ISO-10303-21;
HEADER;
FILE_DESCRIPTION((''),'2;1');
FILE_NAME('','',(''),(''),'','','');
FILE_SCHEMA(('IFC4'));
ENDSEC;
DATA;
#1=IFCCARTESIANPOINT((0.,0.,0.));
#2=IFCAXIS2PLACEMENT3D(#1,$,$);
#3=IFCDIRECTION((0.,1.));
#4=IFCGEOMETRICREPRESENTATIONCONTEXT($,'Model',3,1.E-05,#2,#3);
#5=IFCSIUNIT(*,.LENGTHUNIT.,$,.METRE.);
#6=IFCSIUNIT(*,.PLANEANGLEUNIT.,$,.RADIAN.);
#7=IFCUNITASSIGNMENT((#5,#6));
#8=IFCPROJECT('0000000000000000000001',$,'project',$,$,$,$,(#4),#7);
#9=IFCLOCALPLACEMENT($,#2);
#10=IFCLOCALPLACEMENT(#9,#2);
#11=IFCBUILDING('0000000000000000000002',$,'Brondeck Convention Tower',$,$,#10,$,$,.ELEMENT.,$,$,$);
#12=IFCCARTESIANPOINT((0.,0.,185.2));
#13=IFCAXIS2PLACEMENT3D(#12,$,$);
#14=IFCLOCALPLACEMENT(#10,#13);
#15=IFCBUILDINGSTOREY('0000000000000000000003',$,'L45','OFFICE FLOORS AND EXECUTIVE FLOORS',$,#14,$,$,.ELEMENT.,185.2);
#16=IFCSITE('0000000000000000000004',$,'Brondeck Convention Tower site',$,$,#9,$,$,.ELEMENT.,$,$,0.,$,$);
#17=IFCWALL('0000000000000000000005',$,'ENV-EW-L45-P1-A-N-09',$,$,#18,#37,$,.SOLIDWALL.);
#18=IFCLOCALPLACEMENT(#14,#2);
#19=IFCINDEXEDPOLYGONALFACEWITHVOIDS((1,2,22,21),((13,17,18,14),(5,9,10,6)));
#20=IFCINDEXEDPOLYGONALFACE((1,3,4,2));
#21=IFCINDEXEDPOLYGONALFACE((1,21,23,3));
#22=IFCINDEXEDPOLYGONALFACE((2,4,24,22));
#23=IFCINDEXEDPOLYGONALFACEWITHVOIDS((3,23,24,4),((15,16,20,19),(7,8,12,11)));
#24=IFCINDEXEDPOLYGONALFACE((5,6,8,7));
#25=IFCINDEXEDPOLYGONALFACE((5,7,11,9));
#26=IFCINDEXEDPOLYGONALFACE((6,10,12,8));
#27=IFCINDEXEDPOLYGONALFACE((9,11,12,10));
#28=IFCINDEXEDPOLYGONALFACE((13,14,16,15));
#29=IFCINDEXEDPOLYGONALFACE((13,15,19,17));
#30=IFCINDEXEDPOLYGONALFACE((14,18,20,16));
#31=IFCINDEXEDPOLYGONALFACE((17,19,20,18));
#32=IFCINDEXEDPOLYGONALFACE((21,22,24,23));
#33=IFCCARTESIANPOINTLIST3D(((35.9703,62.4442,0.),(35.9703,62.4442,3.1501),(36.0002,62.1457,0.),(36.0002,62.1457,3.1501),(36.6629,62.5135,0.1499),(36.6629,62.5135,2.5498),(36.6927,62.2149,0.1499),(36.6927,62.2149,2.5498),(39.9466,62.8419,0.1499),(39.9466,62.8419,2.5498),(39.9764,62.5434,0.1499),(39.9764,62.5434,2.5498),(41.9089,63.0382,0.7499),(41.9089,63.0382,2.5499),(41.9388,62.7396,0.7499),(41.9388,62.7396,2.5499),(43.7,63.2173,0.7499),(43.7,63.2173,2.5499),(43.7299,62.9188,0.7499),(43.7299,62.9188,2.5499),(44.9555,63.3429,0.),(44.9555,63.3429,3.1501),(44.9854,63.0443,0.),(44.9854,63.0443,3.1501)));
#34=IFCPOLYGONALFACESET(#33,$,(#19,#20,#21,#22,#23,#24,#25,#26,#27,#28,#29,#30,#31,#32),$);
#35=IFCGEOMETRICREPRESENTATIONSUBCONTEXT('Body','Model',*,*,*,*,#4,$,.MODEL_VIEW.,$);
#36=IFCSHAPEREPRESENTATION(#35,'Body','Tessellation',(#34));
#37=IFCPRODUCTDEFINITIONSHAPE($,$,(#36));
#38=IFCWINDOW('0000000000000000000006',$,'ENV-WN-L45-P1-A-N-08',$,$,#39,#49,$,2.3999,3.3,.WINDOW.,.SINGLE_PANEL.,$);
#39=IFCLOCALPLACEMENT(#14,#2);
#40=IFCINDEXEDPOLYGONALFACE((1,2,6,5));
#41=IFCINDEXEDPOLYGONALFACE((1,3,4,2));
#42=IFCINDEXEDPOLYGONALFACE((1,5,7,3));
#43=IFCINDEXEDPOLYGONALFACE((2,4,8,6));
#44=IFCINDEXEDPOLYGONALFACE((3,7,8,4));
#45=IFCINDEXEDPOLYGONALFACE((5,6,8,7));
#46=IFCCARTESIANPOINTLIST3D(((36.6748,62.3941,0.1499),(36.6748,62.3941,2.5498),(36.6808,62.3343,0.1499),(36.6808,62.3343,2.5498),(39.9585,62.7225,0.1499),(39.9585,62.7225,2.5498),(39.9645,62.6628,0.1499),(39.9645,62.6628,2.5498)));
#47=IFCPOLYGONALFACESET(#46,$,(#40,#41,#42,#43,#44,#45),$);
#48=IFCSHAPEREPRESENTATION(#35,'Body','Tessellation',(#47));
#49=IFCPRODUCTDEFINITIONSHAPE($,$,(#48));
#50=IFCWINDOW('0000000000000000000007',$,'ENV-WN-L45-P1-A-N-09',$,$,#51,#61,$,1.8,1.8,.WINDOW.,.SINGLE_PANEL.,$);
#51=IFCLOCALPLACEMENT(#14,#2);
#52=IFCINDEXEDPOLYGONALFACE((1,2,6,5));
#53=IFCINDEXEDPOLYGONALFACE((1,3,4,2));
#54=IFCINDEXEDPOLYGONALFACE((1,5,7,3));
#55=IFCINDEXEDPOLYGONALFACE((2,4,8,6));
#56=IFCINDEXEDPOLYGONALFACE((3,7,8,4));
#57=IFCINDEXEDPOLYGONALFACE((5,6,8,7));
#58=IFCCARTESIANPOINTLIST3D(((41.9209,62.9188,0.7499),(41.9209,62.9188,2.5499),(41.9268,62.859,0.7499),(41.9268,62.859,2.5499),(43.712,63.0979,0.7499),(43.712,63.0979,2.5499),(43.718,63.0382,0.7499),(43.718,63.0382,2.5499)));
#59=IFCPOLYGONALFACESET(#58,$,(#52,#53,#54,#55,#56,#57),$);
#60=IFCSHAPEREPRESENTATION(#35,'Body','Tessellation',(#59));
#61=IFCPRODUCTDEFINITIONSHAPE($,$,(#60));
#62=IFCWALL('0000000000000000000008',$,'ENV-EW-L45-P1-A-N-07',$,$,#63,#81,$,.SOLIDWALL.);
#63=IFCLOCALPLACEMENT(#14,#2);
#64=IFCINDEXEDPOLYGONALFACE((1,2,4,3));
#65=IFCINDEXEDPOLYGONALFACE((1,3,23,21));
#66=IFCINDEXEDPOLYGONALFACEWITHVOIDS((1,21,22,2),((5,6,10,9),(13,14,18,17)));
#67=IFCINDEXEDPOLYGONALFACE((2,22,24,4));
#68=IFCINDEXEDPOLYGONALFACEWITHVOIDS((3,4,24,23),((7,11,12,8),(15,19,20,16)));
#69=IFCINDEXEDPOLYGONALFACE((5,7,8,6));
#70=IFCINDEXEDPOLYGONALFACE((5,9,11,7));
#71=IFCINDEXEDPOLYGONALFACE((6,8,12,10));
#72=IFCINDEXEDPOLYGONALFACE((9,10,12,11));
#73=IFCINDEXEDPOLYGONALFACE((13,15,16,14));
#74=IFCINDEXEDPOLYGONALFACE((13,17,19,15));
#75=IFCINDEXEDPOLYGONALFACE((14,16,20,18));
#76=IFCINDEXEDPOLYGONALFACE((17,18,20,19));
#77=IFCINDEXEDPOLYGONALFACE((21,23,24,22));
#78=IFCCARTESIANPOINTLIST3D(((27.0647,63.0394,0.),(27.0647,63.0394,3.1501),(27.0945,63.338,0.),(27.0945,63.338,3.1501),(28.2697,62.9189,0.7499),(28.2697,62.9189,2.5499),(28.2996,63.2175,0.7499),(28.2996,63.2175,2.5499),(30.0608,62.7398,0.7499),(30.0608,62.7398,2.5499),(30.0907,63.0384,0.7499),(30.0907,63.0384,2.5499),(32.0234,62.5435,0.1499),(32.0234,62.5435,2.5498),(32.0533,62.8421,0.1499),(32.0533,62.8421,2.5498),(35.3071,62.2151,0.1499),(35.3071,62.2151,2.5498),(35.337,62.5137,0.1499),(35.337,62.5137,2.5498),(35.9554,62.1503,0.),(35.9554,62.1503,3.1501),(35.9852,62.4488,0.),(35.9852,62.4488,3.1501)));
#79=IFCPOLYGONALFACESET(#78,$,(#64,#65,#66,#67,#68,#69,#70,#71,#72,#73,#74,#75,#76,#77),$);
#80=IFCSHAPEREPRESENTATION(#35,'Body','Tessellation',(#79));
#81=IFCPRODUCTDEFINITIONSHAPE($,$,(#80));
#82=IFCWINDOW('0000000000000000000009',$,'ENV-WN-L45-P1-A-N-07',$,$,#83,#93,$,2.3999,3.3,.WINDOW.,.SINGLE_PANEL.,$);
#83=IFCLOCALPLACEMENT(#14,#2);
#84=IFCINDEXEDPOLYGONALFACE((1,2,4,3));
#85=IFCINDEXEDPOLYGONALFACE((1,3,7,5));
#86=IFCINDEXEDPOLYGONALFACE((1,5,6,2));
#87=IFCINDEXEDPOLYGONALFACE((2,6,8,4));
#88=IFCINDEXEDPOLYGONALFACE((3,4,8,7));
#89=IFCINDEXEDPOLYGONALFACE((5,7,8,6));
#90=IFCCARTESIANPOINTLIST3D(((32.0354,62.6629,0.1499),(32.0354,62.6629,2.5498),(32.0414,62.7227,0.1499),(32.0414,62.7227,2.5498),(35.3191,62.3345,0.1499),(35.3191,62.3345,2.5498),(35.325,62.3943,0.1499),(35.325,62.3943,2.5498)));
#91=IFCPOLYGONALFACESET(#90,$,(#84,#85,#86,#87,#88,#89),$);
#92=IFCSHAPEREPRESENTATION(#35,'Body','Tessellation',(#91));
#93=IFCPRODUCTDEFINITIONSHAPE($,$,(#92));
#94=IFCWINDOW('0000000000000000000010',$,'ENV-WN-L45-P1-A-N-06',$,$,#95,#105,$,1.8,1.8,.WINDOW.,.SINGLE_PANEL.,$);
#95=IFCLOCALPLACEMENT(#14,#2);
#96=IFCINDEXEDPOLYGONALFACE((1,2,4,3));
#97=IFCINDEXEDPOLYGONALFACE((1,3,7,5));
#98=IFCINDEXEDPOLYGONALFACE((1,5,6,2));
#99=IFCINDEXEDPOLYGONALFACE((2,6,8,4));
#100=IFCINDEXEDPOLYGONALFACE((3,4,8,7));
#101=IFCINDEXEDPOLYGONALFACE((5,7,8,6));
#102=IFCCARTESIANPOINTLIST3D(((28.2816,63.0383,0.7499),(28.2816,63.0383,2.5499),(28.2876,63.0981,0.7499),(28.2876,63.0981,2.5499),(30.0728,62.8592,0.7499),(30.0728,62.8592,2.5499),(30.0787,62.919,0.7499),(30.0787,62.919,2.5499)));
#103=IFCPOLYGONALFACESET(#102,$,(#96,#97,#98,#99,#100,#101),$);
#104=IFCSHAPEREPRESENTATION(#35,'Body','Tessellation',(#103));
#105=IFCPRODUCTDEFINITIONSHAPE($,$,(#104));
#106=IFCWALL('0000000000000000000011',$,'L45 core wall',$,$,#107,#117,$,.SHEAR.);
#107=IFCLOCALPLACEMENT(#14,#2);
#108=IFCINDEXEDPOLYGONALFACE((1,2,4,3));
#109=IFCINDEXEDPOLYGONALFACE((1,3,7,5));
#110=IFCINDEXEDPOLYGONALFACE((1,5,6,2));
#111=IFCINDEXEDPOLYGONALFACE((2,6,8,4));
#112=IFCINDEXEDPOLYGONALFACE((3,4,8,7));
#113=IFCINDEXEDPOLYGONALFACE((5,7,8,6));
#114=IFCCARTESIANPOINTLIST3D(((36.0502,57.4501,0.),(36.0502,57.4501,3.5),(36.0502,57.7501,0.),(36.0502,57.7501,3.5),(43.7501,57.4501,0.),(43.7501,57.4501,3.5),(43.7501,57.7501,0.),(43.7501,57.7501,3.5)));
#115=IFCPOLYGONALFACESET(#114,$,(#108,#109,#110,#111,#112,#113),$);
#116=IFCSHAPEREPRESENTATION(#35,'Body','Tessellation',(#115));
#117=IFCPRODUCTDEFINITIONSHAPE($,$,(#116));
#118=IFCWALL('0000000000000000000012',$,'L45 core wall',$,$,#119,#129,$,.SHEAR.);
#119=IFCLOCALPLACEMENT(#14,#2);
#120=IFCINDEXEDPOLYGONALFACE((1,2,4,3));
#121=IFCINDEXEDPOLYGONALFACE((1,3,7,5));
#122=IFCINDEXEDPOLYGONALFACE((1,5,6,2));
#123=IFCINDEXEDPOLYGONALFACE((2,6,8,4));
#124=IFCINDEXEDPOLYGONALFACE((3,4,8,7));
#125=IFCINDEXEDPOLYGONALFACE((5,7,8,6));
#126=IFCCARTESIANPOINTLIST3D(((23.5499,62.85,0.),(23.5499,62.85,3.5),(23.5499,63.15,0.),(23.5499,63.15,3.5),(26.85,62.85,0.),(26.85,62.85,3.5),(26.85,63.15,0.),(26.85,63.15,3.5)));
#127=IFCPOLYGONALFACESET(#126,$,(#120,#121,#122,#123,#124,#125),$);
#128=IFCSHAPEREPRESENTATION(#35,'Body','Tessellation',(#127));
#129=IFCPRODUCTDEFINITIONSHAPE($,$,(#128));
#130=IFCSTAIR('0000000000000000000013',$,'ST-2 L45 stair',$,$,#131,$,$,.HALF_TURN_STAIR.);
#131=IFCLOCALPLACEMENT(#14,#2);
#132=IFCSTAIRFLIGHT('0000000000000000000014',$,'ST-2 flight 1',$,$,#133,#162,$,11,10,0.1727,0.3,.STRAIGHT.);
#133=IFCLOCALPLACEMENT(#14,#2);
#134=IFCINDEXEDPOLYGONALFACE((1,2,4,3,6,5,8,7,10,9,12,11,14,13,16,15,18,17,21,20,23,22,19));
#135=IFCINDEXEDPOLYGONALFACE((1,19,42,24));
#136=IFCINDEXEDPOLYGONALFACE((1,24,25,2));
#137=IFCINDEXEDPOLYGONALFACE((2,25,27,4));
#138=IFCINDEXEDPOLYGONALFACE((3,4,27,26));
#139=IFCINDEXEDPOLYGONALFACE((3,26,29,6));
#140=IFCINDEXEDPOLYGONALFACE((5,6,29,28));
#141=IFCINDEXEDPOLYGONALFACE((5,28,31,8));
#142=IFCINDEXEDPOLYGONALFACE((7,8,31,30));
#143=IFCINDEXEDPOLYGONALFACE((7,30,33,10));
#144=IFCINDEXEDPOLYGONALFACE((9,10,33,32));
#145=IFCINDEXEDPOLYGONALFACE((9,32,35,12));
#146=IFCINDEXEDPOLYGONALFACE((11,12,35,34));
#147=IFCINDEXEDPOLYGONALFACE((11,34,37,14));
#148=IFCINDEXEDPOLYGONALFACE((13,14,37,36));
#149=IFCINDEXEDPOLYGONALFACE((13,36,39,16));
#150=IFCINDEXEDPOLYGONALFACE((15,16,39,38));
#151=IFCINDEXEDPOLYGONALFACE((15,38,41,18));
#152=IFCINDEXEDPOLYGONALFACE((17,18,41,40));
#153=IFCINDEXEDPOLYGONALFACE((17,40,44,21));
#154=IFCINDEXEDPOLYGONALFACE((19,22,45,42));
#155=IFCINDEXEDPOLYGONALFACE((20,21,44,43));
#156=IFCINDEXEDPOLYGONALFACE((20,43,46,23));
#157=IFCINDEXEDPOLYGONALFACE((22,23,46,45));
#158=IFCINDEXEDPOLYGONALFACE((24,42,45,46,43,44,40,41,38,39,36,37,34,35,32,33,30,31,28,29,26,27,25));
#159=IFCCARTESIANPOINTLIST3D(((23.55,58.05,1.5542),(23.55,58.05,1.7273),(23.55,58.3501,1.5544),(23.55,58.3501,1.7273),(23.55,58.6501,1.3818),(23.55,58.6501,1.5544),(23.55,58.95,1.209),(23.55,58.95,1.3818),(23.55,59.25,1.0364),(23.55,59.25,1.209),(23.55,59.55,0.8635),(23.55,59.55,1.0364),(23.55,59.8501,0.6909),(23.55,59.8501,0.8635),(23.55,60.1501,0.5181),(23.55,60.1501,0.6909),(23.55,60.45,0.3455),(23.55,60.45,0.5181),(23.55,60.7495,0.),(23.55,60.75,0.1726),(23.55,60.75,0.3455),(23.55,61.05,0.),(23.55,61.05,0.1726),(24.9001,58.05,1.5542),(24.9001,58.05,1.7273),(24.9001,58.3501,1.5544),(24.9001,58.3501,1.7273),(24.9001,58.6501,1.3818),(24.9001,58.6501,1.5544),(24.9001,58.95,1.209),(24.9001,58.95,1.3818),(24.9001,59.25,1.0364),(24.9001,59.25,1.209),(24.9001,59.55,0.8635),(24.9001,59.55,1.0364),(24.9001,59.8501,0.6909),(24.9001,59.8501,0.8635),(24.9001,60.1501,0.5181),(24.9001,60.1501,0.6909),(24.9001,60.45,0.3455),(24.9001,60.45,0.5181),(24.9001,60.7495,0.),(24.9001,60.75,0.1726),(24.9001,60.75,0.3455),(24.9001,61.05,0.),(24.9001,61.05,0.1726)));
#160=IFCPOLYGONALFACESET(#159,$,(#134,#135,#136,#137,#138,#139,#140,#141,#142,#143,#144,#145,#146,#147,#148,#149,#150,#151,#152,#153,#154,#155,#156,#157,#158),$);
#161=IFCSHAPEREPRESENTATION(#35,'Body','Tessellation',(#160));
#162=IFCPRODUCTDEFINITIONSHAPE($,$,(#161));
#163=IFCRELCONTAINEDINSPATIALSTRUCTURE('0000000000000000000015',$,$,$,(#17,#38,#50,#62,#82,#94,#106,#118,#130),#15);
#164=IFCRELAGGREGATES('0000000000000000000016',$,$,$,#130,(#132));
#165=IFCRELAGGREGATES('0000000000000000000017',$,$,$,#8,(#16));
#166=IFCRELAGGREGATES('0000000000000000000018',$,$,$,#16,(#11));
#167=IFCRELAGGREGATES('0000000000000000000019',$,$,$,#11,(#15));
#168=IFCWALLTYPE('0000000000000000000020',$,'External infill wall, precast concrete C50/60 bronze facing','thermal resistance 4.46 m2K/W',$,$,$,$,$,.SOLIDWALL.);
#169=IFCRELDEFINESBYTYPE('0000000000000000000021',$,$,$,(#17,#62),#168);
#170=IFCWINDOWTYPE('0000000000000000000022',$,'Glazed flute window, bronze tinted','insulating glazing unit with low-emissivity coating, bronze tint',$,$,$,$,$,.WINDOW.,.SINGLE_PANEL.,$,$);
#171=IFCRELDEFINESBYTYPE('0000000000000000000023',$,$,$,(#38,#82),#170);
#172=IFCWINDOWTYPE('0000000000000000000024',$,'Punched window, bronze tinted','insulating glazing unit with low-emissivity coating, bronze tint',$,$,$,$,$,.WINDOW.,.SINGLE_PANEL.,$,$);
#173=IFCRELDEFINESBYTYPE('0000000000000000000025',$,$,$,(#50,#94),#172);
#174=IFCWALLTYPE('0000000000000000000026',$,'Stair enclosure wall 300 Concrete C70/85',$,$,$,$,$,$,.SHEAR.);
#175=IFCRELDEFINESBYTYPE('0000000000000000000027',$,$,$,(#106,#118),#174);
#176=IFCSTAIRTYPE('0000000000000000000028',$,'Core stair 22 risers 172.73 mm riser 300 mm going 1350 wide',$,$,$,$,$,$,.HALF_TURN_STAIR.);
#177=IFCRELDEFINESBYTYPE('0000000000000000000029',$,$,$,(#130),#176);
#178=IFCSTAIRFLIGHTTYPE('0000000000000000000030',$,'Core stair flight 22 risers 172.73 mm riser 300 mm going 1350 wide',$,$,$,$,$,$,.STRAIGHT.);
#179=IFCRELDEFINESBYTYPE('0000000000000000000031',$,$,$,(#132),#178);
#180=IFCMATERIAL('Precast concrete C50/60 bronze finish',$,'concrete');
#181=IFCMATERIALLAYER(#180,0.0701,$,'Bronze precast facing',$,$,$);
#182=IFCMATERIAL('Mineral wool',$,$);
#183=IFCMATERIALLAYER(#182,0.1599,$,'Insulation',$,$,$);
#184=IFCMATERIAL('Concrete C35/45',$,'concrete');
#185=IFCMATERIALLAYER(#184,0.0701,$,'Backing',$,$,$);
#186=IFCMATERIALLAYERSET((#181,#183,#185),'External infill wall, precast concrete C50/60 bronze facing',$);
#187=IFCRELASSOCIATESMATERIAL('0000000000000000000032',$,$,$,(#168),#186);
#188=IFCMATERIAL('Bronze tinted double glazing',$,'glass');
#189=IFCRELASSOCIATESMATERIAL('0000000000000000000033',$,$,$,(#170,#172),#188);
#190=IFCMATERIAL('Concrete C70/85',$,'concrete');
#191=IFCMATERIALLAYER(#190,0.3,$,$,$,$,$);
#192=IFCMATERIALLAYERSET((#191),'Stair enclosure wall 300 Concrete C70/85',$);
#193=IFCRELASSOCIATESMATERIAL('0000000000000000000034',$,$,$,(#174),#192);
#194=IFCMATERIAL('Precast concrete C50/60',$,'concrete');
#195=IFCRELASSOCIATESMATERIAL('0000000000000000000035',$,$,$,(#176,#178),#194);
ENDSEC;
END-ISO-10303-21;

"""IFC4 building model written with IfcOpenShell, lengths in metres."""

from ifc_helpers import new_model, si_unit, direction, frame, frame_2d, origin, place, context, subcontext, project, spatial, polyline, rectangle, outline, extrude, material, layer, layer_set, type_object, element, fill, aggregate, save


model = new_model("IFC4")

# Units and contexts
model_context = context("Model", 3, precision=1e-05, world=origin(), true_north=direction((0.0, 1.0)))
body_context = subcontext(model_context, "Body", "Model", "MODEL_VIEW")
ifc_project = project(units=[si_unit("LENGTHUNIT", "METRE"), si_unit("PLANEANGLEUNIT", "RADIAN")], contexts=[model_context])

# Site, building, storey
site_placement = place(None, origin())
site = spatial("IfcSite", under=ifc_project, at=site_placement, Name="Brondeck Convention Tower site", CompositionType="ELEMENT", RefElevation=0.0)
building_placement = place(site_placement, origin())
building = spatial("IfcBuilding", under=site, at=building_placement, Name="Brondeck Convention Tower", CompositionType="ELEMENT")
storey_placement = place(building_placement, frame((0.0, 0.0, 185.2)))
storey = spatial("IfcBuildingStorey", under=building, at=storey_placement, Name="L45", Description="OFFICE FLOORS AND EXECUTIVE FLOORS", CompositionType="ELEMENT", Elevation=185.2)

# Shared definitions
ifc_material_1 = material(Name="Concrete C70/85", Category="concrete")

# Walls, openings, windows
ifc_material_2 = material(Name="Precast concrete C50/60 bronze finish", Category="concrete")
ifc_layer_1 = layer(ifc_material_2, 0.0701, Name="Bronze precast facing")
ifc_material_3 = material(Name="Mineral wool")
ifc_layer_2 = layer(ifc_material_3, 0.1599, Name="Insulation")
ifc_material_4 = material(Name="Concrete C35/45", Category="concrete")
ifc_layer_3 = layer(ifc_material_4, 0.0701, Name="Backing")
ifc_layer_set_1 = layer_set([ifc_layer_1, ifc_layer_2, ifc_layer_3], Name="External infill wall, precast concrete C50/60 bronze facing")
wall_type_1 = type_object("IfcWallType", Name="External infill wall, precast concrete C50/60 bronze facing", Description="thermal resistance 4.46 m2K/W", PredefinedType="SOLIDWALL", material=ifc_layer_set_1)
wall_1_placement = place(storey_placement, frame((35.9851, 62.2949, 0.0), z_axis=(0.0, 0.0, 1.0), x_axis=(0.995035, 0.099522, 0.0)))
wall_1 = element("IfcWall", 1, at=wall_1_placement, inside=storey, type_object=wall_type_1, Name="ENV-EW-L45-P1-A-N-09", PredefinedType="SOLIDWALL", context=body_context, shape_type="SweptSolid", body=[
    extrude(rectangle(XDim=9.03, YDim=0.3, at=frame_2d((4.5151, 0.0))), origin(), (0.0, 0.0, 1.0), 3.1501),
])
opening_1_placement = place(wall_1_placement, frame((0.6963, 0.0, 0.1499)))
opening_1 = element("IfcOpeningElement", 2, at=opening_1_placement, cuts=wall_1, PredefinedType="OPENING", context=body_context, shape_type="SweptSolid", body=[
    extrude(rectangle(XDim=3.3, YDim=2.3999, at=frame_2d((1.6499, 1.2))), frame((0.0, 0.1599, 0.0), z_axis=(0.0, -1.0, 0.0), x_axis=(1.0, 0.0, 0.0)), (0.0, 0.0, 1.0), 0.3201),
])
opening_2_placement = place(wall_1_placement, frame((5.9685, 0.0, 0.75)))
opening_2 = element("IfcOpeningElement", 3, at=opening_2_placement, cuts=wall_1, PredefinedType="OPENING", context=body_context, shape_type="SweptSolid", body=[
    extrude(rectangle(XDim=1.8, YDim=1.8, at=frame_2d((0.8999, 0.8999))), frame((0.0, 0.1599, 0.0), z_axis=(0.0, -1.0, 0.0), x_axis=(1.0, 0.0, 0.0)), (0.0, 0.0, 1.0), 0.3201),
])
ifc_material_5 = material(Name="Bronze tinted double glazing", Category="glass")
window_type_1 = type_object("IfcWindowType", Name="Glazed flute window, bronze tinted", Description="insulating glazing unit with low-emissivity coating, bronze tint", PartitioningType="SINGLE_PANEL", PredefinedType="WINDOW", material=ifc_material_5)
window_1_placement = place(opening_1_placement, origin())
window_1 = element("IfcWindow", 4, at=window_1_placement, inside=storey, type_object=window_type_1, Name="ENV-WN-L45-P1-A-N-08", OverallHeight=2.3999, OverallWidth=3.3, PartitioningType="SINGLE_PANEL", PredefinedType="WINDOW", context=body_context, shape_type="SweptSolid", body=[
    extrude(rectangle(XDim=3.3, YDim=2.3999, at=frame_2d((1.6499, 1.2))), frame((0.0, 0.03, 0.0), z_axis=(0.0, -1.0, 0.0), x_axis=(1.0, 0.0, 0.0)), (0.0, 0.0, 1.0), 0.0601),
])
fill(opening_1, window_1)
window_type_2 = type_object("IfcWindowType", Name="Punched window, bronze tinted", Description="insulating glazing unit with low-emissivity coating, bronze tint", PartitioningType="SINGLE_PANEL", PredefinedType="WINDOW", material=ifc_material_5)
window_2_placement = place(opening_2_placement, origin())
window_2 = element("IfcWindow", 5, at=window_2_placement, inside=storey, type_object=window_type_2, Name="ENV-WN-L45-P1-A-N-09", OverallHeight=1.8, OverallWidth=1.8, PartitioningType="SINGLE_PANEL", PredefinedType="WINDOW", context=body_context, shape_type="SweptSolid", body=[
    extrude(rectangle(XDim=1.8, YDim=1.8, at=frame_2d((0.8999, 0.8999))), frame((0.0, 0.03, 0.0), z_axis=(0.0, -1.0, 0.0), x_axis=(1.0, 0.0, 0.0)), (0.0, 0.0, 1.0), 0.0601),
])
fill(opening_2, window_2)
wall_2_placement = place(storey_placement, frame((27.0796, 63.1887, 0.0), z_axis=(0.0, 0.0, 1.0), x_axis=(0.995036, -0.099515, 0.0)))
wall_2 = element("IfcWall", 6, at=wall_2_placement, inside=storey, type_object=wall_type_1, Name="ENV-EW-L45-P1-A-N-07", PredefinedType="SOLIDWALL", context=body_context, shape_type="SweptSolid", body=[
    extrude(rectangle(XDim=8.9351, YDim=0.3, at=frame_2d((4.4675, 0.0))), origin(), (0.0, 0.0, 1.0), 3.1501),
])
opening_3_placement = place(wall_2_placement, frame((1.2112, 0.0, 0.75)))
opening_3 = element("IfcOpeningElement", 7, at=opening_3_placement, cuts=wall_2, PredefinedType="OPENING", context=body_context, shape_type="SweptSolid", body=[
    extrude(rectangle(XDim=1.8, YDim=1.8, at=frame_2d((0.8999, 0.8999))), frame((0.0, 0.1599, 0.0), z_axis=(0.0, -1.0, 0.0), x_axis=(1.0, 0.0, 0.0)), (0.0, 0.0, 1.0), 0.3201),
])
opening_4_placement = place(wall_2_placement, frame((4.9836, 0.0, 0.1499)))
opening_4 = element("IfcOpeningElement", 8, at=opening_4_placement, cuts=wall_2, PredefinedType="OPENING", context=body_context, shape_type="SweptSolid", body=[
    extrude(rectangle(XDim=3.3, YDim=2.3999, at=frame_2d((1.6499, 1.2))), frame((0.0, 0.1599, 0.0), z_axis=(0.0, -1.0, 0.0), x_axis=(1.0, 0.0, 0.0)), (0.0, 0.0, 1.0), 0.3201),
])
window_3_placement = place(opening_4_placement, origin())
window_3 = element("IfcWindow", 9, at=window_3_placement, inside=storey, type_object=window_type_1, Name="ENV-WN-L45-P1-A-N-07", OverallHeight=2.3999, OverallWidth=3.3, PartitioningType="SINGLE_PANEL", PredefinedType="WINDOW", context=body_context, shape_type="SweptSolid", body=[
    extrude(rectangle(XDim=3.3, YDim=2.3999, at=frame_2d((1.6499, 1.2))), frame((0.0, 0.03, 0.0), z_axis=(0.0, -1.0, 0.0), x_axis=(1.0, 0.0, 0.0)), (0.0, 0.0, 1.0), 0.0601),
])
fill(opening_4, window_3)
window_4_placement = place(opening_3_placement, origin())
window_4 = element("IfcWindow", 10, at=window_4_placement, inside=storey, type_object=window_type_2, Name="ENV-WN-L45-P1-A-N-06", OverallHeight=1.8, OverallWidth=1.8, PartitioningType="SINGLE_PANEL", PredefinedType="WINDOW", context=body_context, shape_type="SweptSolid", body=[
    extrude(rectangle(XDim=1.8, YDim=1.8, at=frame_2d((0.8999, 0.8999))), frame((0.0, 0.03, 0.0), z_axis=(0.0, -1.0, 0.0), x_axis=(1.0, 0.0, 0.0)), (0.0, 0.0, 1.0), 0.0601),
])
fill(opening_3, window_4)

# Walls
ifc_layer_4 = layer(ifc_material_1, 0.3)
ifc_layer_set_2 = layer_set([ifc_layer_4], Name="Stair enclosure wall 300 Concrete C70/85")
wall_type_2 = type_object("IfcWallType", Name="Stair enclosure wall 300 Concrete C70/85", PredefinedType="SHEAR", material=ifc_layer_set_2)
wall_3_placement = place(storey_placement, frame((36.05, 57.6001, 0.0), z_axis=(0.0, 0.0, 1.0), x_axis=(1.0, 0.0, 0.0)))
element("IfcWall", 11, at=wall_3_placement, inside=storey, type_object=wall_type_2, Name="L45 core wall", PredefinedType="SHEAR", context=body_context, shape_type="SweptSolid", body=[
    extrude(rectangle(XDim=7.7, YDim=0.3, at=frame_2d((3.8501, 0.0))), origin(), (0.0, 0.0, 1.0), 3.5),
])
wall_4_placement = place(storey_placement, frame((23.55, 63.0, 0.0), z_axis=(0.0, 0.0, 1.0), x_axis=(1.0, 0.0, 0.0)))
element("IfcWall", 12, at=wall_4_placement, inside=storey, type_object=wall_type_2, Name="L45 core wall", PredefinedType="SHEAR", context=body_context, shape_type="SweptSolid", body=[
    extrude(rectangle(XDim=3.3, YDim=0.3, at=frame_2d((1.6499, 0.0))), origin(), (0.0, 0.0, 1.0), 3.5),
])

# Stair, stair flight
ifc_material_6 = material(Name="Precast concrete C50/60", Category="concrete")
stair_type = type_object("IfcStairType", Name="Core stair 22 risers 172.73 mm riser 300 mm going 1350 wide", PredefinedType="HALF_TURN_STAIR", material=ifc_material_6)
stair_placement = place(storey_placement, origin())
stair = element("IfcStair", 13, at=stair_placement, inside=storey, type_object=stair_type, Name="ST-2 L45 stair", PredefinedType="HALF_TURN_STAIR")
stair_flight_type = type_object("IfcStairFlightType", Name="Core stair flight 22 risers 172.73 mm riser 300 mm going 1350 wide", PredefinedType="STRAIGHT", material=ifc_material_6)
stair_flight_1_placement = place(storey_placement, frame((24.2251, 61.05, 0.0), z_axis=(0.0, 0.0, 1.0), x_axis=(0.0, -1.0, 0.0)))
stair_flight_1 = element("IfcStairFlight", 14, at=stair_flight_1_placement, type_object=stair_flight_type, Name="ST-2 flight 1", NumberOfRisers=11, NumberOfTreads=10, PredefinedType="STRAIGHT", RiserHeight=0.1727, TreadLength=0.3, context=body_context, shape_type="SweptSolid", body=[
    extrude(outline(polyline([(0.0, 0.0), (0.0, 0.1726), (0.3, 0.1726), (0.3, 0.3455), (0.6001, 0.3455), (0.6001, 0.5181), (0.8999, 0.5181), (0.8999, 0.6909), (1.2, 0.6909), (1.2, 0.8635), (1.5, 0.8635), (1.5, 1.0364), (1.8, 1.0364), (1.8, 1.209), (2.1001, 1.209), (2.1001, 1.3818), (2.3999, 1.3818), (2.3999, 1.5544), (2.7, 1.5544), (2.7, 1.7273), (3.0, 1.7273), (3.0, 1.8999), (3.0, 1.5542), (0.3005, 0.0), (0.0, 0.0)])), frame((0.0, 0.675, 0.0), z_axis=(0.0, -1.0, 0.0), x_axis=(1.0, 0.0, 0.0)), (0.0, 0.0, 1.0), 1.3501),
])
aggregate(stair, [stair_flight_1])

save(model, "model.ifc")
